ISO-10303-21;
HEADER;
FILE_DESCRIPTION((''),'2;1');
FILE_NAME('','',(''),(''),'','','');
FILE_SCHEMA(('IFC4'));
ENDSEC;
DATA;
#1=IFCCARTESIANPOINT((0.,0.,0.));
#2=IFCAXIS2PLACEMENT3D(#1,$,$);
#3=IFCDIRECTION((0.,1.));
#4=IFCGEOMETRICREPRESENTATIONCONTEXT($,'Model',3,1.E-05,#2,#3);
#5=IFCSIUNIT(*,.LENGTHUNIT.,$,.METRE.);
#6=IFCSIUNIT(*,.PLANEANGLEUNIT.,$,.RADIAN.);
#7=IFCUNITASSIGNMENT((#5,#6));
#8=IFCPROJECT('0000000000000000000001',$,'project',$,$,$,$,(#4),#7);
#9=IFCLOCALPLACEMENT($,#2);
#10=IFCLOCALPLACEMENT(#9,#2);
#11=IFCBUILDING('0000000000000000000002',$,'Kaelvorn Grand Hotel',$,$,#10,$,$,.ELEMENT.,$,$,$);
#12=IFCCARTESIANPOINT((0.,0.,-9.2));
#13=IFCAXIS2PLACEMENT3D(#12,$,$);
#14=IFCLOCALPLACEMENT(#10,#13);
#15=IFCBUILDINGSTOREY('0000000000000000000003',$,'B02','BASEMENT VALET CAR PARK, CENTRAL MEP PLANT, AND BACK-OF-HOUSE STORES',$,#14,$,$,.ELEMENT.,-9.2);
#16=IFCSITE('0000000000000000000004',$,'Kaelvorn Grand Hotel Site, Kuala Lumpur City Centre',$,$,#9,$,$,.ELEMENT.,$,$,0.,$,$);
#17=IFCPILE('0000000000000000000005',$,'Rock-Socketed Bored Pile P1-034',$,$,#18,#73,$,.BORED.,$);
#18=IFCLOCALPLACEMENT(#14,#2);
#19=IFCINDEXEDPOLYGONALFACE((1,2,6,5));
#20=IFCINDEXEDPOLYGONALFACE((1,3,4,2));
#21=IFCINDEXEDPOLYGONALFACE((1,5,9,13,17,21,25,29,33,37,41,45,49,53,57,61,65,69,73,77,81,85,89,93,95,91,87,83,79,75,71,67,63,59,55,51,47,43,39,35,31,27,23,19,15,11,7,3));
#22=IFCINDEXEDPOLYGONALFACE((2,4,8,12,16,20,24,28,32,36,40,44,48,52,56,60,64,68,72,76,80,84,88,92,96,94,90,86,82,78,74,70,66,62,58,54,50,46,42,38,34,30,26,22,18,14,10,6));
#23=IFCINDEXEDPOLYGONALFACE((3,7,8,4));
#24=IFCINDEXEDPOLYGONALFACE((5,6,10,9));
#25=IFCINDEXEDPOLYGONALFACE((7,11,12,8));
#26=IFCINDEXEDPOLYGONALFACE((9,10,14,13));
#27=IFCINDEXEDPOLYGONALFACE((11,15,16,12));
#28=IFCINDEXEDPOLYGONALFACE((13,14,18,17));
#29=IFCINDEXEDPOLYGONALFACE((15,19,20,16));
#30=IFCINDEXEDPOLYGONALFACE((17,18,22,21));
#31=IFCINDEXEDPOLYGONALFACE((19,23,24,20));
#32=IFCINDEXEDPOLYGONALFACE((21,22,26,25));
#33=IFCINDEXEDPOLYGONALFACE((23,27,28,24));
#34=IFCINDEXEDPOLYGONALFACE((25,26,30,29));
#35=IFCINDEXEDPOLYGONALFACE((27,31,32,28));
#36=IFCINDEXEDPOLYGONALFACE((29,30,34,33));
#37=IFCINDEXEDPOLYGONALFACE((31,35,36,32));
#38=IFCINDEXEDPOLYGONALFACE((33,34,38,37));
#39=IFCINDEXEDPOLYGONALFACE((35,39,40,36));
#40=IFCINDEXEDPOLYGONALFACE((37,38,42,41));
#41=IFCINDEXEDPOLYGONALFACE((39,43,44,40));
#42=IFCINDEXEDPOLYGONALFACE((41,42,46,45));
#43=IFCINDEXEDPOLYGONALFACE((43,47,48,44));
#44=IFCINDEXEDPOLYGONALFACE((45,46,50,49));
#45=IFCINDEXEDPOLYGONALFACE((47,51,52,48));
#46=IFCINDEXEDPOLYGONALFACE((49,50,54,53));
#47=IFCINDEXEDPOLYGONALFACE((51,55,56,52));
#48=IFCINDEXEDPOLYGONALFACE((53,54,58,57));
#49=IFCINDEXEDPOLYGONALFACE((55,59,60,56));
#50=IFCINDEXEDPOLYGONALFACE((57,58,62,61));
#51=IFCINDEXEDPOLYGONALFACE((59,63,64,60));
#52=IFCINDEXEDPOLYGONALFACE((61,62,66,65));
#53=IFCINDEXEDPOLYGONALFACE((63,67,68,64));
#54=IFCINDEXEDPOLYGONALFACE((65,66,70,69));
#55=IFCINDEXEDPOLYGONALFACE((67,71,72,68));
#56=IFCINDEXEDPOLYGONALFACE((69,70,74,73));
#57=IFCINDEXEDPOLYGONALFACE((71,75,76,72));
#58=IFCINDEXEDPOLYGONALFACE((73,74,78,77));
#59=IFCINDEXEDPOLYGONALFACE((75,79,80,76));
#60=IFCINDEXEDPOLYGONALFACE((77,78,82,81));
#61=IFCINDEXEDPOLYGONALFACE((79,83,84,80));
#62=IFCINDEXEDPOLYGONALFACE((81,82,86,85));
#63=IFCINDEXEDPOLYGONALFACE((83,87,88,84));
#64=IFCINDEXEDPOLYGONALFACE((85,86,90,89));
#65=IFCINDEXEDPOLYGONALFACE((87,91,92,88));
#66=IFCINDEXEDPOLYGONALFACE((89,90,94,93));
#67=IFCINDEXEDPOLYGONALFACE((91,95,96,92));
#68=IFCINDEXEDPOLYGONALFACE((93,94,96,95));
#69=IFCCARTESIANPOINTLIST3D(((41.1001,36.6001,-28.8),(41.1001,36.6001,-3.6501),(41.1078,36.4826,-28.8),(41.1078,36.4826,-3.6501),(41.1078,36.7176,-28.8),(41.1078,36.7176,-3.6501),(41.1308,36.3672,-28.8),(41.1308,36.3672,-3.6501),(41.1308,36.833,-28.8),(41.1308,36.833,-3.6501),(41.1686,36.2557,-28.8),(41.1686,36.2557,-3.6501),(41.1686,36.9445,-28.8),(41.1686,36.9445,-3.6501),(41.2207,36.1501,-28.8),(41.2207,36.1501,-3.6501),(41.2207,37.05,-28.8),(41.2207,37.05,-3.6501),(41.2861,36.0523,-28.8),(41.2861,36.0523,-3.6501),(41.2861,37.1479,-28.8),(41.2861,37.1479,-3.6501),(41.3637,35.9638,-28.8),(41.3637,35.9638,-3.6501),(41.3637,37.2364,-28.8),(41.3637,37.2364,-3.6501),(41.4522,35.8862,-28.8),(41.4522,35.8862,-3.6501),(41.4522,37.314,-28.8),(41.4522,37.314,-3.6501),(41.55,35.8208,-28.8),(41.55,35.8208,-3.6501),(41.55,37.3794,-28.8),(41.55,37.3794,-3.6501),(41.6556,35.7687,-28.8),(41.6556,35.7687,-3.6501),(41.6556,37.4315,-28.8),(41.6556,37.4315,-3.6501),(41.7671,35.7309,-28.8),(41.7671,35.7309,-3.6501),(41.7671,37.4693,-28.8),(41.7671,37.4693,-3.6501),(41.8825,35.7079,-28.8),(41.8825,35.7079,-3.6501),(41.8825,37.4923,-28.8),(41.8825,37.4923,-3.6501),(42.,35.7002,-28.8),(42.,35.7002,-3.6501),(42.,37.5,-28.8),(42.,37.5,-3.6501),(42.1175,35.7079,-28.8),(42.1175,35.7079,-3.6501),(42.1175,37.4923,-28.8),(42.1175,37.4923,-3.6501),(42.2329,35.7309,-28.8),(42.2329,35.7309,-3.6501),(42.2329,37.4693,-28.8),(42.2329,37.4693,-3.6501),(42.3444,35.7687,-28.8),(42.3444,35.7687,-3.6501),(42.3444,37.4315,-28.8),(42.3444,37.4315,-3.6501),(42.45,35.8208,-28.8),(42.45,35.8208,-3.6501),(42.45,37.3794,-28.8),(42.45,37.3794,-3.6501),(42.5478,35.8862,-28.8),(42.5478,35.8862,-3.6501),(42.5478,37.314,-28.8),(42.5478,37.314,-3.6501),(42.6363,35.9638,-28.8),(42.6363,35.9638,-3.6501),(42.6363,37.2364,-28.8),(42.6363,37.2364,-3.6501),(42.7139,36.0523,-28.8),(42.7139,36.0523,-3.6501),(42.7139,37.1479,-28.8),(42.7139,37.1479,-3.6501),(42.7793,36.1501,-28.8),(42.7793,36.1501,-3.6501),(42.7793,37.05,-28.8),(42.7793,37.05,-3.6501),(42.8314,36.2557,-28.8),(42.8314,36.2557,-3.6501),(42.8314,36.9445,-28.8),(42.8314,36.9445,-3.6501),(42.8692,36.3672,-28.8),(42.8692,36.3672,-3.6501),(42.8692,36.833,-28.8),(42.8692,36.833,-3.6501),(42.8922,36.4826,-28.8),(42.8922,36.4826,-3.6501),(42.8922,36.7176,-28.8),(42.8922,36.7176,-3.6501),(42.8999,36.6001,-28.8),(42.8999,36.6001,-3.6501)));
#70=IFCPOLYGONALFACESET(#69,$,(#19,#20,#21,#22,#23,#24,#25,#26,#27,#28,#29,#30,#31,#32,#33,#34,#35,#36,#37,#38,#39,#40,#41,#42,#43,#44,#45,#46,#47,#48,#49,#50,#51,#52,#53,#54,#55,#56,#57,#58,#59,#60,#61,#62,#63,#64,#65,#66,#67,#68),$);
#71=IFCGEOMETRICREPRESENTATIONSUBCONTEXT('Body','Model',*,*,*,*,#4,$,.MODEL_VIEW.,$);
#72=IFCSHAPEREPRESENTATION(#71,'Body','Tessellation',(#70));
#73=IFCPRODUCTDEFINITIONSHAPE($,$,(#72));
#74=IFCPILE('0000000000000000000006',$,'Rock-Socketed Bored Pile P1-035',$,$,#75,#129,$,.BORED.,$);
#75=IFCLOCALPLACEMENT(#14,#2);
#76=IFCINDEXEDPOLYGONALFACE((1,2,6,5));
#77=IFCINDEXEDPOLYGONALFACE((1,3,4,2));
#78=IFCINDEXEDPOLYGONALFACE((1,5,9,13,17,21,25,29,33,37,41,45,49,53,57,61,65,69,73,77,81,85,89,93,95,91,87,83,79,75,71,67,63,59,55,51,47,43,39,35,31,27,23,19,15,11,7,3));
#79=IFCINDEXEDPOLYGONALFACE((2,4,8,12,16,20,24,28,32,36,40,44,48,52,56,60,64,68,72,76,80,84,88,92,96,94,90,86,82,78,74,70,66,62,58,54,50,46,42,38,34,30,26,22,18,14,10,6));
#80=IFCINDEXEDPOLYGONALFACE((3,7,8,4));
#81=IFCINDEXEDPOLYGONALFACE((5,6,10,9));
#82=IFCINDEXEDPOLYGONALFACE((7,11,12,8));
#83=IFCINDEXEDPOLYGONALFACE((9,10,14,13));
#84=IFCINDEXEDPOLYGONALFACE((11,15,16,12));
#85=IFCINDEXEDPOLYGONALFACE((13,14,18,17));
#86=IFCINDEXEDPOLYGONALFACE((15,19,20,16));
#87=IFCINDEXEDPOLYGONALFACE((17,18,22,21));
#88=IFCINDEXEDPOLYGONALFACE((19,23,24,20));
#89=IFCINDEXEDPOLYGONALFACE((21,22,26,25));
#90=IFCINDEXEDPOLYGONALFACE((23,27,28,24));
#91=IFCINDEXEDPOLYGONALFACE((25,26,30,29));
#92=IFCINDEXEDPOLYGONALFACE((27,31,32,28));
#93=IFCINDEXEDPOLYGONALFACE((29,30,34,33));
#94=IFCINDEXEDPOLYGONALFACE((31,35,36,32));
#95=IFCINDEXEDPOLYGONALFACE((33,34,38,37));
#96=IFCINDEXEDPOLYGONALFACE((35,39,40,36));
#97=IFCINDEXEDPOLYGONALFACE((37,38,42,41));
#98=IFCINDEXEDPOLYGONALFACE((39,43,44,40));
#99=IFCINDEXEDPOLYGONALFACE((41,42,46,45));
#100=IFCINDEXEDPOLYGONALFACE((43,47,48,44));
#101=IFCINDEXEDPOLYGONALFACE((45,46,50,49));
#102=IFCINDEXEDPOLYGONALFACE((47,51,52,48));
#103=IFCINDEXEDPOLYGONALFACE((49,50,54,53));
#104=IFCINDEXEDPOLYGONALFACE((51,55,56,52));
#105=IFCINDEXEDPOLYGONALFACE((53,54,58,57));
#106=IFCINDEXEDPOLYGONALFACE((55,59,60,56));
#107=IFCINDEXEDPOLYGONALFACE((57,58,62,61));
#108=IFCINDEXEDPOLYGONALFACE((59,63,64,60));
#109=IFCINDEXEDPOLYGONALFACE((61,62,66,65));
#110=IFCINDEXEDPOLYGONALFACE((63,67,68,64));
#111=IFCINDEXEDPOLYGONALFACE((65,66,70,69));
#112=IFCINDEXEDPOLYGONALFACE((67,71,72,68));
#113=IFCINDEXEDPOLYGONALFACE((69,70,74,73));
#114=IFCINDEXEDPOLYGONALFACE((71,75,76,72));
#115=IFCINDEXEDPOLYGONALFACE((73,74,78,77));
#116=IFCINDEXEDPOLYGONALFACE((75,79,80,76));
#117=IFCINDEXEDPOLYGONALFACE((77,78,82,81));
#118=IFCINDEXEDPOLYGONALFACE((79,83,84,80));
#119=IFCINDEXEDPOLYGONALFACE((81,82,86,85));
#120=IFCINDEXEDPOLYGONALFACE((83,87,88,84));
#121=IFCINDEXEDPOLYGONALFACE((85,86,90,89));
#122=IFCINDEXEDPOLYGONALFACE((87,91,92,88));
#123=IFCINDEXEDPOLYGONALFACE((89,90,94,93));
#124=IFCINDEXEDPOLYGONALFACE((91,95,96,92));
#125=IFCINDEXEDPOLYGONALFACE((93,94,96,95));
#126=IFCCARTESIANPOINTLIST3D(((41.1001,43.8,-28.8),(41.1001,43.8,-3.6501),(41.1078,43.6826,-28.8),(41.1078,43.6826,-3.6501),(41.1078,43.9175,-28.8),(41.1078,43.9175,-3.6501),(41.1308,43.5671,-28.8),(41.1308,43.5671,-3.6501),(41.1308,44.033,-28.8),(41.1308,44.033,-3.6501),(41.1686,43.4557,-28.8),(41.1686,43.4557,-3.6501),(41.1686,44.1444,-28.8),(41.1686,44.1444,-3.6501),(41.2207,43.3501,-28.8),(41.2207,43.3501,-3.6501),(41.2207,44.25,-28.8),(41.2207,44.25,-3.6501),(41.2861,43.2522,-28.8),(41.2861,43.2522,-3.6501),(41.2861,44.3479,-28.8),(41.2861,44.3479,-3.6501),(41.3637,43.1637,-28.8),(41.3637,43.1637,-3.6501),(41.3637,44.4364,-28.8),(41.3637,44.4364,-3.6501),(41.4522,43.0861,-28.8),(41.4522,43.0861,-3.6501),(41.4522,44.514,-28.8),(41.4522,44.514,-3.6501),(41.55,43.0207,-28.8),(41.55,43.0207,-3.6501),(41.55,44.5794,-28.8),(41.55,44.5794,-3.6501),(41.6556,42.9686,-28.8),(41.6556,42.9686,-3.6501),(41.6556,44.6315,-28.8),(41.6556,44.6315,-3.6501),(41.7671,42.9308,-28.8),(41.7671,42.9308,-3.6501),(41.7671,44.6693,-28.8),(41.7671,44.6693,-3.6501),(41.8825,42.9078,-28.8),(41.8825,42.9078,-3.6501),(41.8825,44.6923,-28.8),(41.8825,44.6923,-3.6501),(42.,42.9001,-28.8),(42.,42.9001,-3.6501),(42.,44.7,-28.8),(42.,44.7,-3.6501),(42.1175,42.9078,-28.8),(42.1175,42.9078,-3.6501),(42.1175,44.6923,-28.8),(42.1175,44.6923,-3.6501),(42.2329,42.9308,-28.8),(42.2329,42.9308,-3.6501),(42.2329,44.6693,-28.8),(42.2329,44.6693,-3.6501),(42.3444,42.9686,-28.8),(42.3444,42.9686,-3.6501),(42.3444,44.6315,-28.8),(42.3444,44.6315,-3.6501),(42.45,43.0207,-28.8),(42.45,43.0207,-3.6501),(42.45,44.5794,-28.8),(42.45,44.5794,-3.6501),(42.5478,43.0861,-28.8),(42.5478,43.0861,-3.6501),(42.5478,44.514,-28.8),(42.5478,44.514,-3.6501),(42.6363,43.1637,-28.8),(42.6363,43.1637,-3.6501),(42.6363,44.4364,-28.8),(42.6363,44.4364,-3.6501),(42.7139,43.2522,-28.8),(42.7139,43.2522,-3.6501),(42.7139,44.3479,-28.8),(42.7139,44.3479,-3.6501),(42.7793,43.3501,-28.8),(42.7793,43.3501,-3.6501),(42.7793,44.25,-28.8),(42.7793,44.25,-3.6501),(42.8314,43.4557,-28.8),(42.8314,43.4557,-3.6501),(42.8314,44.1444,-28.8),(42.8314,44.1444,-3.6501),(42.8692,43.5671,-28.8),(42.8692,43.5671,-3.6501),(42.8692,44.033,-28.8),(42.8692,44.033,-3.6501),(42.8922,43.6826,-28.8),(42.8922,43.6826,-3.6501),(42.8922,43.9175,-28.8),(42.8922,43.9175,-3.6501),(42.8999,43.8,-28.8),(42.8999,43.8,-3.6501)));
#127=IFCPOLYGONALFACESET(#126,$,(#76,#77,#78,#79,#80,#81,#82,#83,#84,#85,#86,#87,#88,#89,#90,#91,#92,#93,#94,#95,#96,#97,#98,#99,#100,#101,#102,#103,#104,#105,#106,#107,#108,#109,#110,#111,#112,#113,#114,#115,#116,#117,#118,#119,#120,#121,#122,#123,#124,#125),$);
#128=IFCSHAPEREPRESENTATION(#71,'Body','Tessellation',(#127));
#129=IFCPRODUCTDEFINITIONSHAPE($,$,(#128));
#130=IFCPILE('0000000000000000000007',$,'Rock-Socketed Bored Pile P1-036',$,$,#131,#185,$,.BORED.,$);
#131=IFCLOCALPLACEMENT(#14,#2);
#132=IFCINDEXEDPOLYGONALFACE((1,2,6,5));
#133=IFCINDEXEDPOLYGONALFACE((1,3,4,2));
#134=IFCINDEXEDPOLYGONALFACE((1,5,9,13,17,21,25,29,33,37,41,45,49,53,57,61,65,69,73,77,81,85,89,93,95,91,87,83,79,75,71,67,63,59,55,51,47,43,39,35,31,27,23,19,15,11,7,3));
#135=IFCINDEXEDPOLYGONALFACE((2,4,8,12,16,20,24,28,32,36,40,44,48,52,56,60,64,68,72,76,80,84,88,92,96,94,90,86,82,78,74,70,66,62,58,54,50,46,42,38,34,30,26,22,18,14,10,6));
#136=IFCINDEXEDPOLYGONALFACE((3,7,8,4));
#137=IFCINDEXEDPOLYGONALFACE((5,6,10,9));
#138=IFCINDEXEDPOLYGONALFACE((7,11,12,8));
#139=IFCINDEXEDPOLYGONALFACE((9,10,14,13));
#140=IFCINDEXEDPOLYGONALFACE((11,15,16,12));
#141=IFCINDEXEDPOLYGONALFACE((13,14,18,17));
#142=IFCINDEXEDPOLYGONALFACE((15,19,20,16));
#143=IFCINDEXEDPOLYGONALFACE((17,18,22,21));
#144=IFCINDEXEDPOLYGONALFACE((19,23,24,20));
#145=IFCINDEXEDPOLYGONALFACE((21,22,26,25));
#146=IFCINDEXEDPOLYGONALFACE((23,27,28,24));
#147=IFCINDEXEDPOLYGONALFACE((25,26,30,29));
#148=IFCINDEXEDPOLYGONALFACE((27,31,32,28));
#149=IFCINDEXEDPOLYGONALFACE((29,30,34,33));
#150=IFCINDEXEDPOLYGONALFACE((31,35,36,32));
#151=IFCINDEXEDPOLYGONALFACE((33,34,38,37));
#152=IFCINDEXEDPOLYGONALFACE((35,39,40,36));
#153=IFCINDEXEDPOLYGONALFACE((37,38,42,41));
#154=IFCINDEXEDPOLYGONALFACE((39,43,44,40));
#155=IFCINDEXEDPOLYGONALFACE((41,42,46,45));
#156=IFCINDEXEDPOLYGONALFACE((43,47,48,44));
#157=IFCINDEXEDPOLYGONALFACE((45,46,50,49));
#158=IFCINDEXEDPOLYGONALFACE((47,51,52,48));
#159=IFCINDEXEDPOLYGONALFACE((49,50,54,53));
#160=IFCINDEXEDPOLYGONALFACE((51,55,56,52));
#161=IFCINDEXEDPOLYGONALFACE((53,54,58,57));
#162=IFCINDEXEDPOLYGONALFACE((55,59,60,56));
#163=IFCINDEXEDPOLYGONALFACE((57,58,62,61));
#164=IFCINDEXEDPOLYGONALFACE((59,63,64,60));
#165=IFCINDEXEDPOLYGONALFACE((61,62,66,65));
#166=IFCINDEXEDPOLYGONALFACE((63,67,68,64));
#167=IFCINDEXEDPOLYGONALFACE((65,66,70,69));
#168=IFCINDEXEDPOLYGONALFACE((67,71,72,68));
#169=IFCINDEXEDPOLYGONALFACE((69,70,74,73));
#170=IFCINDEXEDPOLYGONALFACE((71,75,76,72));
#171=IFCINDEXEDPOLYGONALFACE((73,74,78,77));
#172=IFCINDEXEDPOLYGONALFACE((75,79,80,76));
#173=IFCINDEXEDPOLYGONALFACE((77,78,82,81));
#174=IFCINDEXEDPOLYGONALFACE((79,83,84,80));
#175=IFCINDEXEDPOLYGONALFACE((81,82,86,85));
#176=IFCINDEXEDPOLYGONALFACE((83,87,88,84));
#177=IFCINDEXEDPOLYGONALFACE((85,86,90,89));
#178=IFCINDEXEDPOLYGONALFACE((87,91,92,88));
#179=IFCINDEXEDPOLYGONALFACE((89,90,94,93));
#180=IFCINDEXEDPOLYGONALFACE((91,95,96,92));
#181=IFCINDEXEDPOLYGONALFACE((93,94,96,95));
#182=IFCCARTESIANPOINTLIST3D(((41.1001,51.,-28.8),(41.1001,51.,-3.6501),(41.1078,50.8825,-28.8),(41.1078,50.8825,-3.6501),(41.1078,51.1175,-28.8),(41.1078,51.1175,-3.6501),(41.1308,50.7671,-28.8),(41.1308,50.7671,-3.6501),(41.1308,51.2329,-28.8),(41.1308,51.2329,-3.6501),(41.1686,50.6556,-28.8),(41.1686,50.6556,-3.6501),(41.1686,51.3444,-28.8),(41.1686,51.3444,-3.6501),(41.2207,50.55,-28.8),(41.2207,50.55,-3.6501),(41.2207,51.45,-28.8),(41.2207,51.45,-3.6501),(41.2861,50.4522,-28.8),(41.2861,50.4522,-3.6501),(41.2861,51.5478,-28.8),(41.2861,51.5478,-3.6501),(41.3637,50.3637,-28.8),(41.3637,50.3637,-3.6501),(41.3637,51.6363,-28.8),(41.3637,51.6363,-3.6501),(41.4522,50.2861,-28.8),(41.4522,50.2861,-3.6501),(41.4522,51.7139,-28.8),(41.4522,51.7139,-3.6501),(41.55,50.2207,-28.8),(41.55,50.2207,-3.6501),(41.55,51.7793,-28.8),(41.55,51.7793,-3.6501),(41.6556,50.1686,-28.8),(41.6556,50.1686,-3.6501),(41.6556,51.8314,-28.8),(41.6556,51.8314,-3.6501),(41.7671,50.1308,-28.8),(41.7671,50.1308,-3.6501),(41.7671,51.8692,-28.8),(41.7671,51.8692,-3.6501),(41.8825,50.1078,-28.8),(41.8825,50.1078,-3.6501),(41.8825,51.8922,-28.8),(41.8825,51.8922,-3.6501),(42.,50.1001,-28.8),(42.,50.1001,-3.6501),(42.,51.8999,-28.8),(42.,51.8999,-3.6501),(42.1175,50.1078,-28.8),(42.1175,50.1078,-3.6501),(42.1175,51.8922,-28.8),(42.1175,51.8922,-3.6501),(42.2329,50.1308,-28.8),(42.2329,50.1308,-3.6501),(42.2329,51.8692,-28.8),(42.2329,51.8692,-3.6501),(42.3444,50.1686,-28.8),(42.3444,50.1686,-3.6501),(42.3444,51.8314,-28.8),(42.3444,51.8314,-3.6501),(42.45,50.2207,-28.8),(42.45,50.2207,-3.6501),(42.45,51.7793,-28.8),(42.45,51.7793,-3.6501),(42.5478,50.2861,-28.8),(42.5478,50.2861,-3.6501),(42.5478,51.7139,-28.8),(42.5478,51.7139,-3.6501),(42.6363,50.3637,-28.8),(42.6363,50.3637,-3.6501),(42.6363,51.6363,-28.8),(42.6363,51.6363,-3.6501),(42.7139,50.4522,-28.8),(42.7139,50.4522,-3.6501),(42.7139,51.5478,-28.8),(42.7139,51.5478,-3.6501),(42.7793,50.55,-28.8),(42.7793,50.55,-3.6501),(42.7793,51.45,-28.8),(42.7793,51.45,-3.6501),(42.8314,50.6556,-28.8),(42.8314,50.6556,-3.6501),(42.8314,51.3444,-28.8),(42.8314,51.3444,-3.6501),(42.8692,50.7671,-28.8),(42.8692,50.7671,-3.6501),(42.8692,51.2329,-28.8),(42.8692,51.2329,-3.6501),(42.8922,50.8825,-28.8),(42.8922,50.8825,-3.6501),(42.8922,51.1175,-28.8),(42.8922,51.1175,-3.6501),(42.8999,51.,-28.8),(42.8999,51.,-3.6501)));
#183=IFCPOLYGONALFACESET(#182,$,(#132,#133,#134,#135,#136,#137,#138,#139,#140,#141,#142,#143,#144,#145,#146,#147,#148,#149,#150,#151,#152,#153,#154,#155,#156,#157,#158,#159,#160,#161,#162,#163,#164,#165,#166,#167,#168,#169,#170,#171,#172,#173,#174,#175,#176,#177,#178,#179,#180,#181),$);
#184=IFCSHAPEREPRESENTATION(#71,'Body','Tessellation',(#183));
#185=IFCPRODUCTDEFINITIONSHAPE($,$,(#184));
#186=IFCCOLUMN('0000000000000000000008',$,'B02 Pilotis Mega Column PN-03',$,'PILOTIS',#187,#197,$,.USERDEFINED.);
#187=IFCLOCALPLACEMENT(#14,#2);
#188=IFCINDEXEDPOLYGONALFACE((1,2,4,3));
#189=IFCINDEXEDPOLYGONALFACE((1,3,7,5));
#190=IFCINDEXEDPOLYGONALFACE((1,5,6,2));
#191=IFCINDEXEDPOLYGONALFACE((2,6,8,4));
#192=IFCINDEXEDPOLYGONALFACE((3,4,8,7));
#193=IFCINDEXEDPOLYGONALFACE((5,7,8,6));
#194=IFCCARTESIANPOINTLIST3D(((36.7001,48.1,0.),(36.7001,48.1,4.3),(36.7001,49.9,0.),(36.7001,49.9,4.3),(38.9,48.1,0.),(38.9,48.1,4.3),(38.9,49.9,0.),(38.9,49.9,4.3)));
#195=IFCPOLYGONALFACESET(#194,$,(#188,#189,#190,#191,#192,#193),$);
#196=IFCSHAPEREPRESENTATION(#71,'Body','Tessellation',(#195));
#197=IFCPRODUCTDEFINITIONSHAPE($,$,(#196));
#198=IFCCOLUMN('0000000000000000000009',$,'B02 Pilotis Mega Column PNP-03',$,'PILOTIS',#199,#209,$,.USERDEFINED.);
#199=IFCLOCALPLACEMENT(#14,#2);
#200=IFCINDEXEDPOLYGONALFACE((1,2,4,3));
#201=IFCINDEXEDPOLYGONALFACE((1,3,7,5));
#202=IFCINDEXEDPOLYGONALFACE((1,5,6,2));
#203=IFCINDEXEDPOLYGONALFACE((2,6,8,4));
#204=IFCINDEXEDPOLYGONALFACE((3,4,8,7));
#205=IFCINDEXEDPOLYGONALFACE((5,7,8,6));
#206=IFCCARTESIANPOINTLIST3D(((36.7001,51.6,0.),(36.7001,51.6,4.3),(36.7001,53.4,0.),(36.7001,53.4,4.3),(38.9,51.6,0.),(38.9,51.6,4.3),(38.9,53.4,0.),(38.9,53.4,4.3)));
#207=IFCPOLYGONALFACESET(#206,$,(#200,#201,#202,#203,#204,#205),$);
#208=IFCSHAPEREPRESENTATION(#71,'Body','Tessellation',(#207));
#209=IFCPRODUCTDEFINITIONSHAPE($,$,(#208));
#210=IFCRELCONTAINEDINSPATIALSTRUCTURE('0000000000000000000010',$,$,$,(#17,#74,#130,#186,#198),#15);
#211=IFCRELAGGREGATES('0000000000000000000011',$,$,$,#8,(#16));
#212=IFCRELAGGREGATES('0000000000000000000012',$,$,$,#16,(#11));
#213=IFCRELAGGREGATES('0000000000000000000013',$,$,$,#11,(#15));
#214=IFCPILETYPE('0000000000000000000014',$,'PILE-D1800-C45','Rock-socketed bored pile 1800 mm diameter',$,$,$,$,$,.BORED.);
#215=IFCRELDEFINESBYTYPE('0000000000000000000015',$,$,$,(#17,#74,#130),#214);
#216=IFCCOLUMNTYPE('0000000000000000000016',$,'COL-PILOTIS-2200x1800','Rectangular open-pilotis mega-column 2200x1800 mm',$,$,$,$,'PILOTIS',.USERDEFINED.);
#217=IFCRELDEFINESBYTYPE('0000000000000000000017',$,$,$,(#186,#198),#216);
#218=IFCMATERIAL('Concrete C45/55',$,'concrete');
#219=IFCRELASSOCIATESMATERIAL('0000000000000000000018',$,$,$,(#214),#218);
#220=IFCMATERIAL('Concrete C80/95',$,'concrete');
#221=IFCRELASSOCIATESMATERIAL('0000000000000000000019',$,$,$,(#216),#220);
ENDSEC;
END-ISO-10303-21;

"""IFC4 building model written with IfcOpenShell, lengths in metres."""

from ifc_helpers import new_model, si_unit, direction, frame, origin, origin_2d, place, context, subcontext, project, spatial, rectangle, circle, extrude, material, material_profile, profile_set, type_object, element, save


model = new_model("IFC4")

# Units and contexts
model_context = context("Model", 3, precision=1e-05, world=origin(), true_north=direction((0.0, 1.0)))
body_context = subcontext(model_context, "Body", "Model", "MODEL_VIEW")
ifc_project = project(units=[si_unit("LENGTHUNIT", "METRE"), si_unit("PLANEANGLEUNIT", "RADIAN")], contexts=[model_context])

# Site, building, storey
site_placement = place(None, origin())
site = spatial("IfcSite", under=ifc_project, at=site_placement, Name="Kaelvorn Grand Hotel Site, Kuala Lumpur City Centre", CompositionType="ELEMENT", RefElevation=0.0)
building_placement = place(site_placement, origin())
building = spatial("IfcBuilding", under=site, at=building_placement, Name="Kaelvorn Grand Hotel", CompositionType="ELEMENT")
storey_placement = place(building_placement, frame((0.0, 0.0, -9.2)))
storey = spatial("IfcBuildingStorey", under=building, at=storey_placement, Name="B02", Description="BASEMENT VALET CAR PARK, CENTRAL MEP PLANT, AND BACK-OF-HOUSE STORES", CompositionType="ELEMENT", Elevation=-9.2)

# Piles
ifc_material_1 = material(Name="Concrete C45/55", Category="concrete")
ifc_material_profile_1 = material_profile(ifc_material_1, circle(Radius=0.8999, at=origin_2d()), Name="BORED PILE D1800")
ifc_profile_set_1 = profile_set([ifc_material_profile_1], Name="Concrete C45/55")
pile_type = type_object("IfcPileType", Name="PILE-D1800-C45", Description="Rock-socketed bored pile 1800 mm diameter", PredefinedType="BORED", material=ifc_profile_set_1)
for number, where, z_axis, x_axis, name in (
    (1, (42.0, 36.6001, -3.6501), (0.0, 0.0, -1.0), (1.0, 0.0, 0.0), "Rock-Socketed Bored Pile P1-034"),
    (2, (42.0, 43.8, -3.6501), (0.0, 0.0, -1.0), (1.0, 0.0, 0.0), "Rock-Socketed Bored Pile P1-035"),
    (3, (42.0, 51.0, -3.6501), (0.0, 0.0, -1.0), (1.0, 0.0, 0.0), "Rock-Socketed Bored Pile P1-036"),
):
    element("IfcPile", number, at=place(storey_placement, frame(where, z_axis=z_axis, x_axis=x_axis)), inside=storey, type_object=pile_type, Name=name, PredefinedType="BORED", context=body_context, shape_type="SweptSolid", body=[
        extrude(circle(Radius=0.8999, at=origin_2d()), origin(), (0.0, 0.0, 1.0), 25.1499),
    ])

# Columns
ifc_material_2 = material(Name="Concrete C80/95", Category="concrete")
ifc_material_profile_2 = material_profile(ifc_material_2, rectangle(XDim=2.2, YDim=1.8, at=origin_2d()), Name="PILOTIS 2200x1800")
ifc_profile_set_2 = profile_set([ifc_material_profile_2], Name="Concrete C80/95")
column_type = type_object("IfcColumnType", Name="COL-PILOTIS-2200x1800", Description="Rectangular open-pilotis mega-column 2200x1800 mm", ElementType="PILOTIS", PredefinedType="USERDEFINED", material=ifc_profile_set_2)
for number, where, z_axis, x_axis, name in (
    (4, (37.8, 49.0, 0.0), (0.0, 0.0, 1.0), (1.0, 0.0, 0.0), "B02 Pilotis Mega Column PN-03"),
    (5, (37.8, 52.5, 0.0), (0.0, 0.0, 1.0), (1.0, 0.0, 0.0), "B02 Pilotis Mega Column PNP-03"),
):
    element("IfcColumn", number, at=place(storey_placement, frame(where, z_axis=z_axis, x_axis=x_axis)), inside=storey, type_object=column_type, Name=name, ObjectType="PILOTIS", PredefinedType="USERDEFINED", context=body_context, shape_type="SweptSolid", body=[
        extrude(rectangle(XDim=2.2, YDim=1.8, at=origin_2d()), origin(), (0.0, 0.0, 1.0), 4.3),
    ])

save(model, "model.ifc")
